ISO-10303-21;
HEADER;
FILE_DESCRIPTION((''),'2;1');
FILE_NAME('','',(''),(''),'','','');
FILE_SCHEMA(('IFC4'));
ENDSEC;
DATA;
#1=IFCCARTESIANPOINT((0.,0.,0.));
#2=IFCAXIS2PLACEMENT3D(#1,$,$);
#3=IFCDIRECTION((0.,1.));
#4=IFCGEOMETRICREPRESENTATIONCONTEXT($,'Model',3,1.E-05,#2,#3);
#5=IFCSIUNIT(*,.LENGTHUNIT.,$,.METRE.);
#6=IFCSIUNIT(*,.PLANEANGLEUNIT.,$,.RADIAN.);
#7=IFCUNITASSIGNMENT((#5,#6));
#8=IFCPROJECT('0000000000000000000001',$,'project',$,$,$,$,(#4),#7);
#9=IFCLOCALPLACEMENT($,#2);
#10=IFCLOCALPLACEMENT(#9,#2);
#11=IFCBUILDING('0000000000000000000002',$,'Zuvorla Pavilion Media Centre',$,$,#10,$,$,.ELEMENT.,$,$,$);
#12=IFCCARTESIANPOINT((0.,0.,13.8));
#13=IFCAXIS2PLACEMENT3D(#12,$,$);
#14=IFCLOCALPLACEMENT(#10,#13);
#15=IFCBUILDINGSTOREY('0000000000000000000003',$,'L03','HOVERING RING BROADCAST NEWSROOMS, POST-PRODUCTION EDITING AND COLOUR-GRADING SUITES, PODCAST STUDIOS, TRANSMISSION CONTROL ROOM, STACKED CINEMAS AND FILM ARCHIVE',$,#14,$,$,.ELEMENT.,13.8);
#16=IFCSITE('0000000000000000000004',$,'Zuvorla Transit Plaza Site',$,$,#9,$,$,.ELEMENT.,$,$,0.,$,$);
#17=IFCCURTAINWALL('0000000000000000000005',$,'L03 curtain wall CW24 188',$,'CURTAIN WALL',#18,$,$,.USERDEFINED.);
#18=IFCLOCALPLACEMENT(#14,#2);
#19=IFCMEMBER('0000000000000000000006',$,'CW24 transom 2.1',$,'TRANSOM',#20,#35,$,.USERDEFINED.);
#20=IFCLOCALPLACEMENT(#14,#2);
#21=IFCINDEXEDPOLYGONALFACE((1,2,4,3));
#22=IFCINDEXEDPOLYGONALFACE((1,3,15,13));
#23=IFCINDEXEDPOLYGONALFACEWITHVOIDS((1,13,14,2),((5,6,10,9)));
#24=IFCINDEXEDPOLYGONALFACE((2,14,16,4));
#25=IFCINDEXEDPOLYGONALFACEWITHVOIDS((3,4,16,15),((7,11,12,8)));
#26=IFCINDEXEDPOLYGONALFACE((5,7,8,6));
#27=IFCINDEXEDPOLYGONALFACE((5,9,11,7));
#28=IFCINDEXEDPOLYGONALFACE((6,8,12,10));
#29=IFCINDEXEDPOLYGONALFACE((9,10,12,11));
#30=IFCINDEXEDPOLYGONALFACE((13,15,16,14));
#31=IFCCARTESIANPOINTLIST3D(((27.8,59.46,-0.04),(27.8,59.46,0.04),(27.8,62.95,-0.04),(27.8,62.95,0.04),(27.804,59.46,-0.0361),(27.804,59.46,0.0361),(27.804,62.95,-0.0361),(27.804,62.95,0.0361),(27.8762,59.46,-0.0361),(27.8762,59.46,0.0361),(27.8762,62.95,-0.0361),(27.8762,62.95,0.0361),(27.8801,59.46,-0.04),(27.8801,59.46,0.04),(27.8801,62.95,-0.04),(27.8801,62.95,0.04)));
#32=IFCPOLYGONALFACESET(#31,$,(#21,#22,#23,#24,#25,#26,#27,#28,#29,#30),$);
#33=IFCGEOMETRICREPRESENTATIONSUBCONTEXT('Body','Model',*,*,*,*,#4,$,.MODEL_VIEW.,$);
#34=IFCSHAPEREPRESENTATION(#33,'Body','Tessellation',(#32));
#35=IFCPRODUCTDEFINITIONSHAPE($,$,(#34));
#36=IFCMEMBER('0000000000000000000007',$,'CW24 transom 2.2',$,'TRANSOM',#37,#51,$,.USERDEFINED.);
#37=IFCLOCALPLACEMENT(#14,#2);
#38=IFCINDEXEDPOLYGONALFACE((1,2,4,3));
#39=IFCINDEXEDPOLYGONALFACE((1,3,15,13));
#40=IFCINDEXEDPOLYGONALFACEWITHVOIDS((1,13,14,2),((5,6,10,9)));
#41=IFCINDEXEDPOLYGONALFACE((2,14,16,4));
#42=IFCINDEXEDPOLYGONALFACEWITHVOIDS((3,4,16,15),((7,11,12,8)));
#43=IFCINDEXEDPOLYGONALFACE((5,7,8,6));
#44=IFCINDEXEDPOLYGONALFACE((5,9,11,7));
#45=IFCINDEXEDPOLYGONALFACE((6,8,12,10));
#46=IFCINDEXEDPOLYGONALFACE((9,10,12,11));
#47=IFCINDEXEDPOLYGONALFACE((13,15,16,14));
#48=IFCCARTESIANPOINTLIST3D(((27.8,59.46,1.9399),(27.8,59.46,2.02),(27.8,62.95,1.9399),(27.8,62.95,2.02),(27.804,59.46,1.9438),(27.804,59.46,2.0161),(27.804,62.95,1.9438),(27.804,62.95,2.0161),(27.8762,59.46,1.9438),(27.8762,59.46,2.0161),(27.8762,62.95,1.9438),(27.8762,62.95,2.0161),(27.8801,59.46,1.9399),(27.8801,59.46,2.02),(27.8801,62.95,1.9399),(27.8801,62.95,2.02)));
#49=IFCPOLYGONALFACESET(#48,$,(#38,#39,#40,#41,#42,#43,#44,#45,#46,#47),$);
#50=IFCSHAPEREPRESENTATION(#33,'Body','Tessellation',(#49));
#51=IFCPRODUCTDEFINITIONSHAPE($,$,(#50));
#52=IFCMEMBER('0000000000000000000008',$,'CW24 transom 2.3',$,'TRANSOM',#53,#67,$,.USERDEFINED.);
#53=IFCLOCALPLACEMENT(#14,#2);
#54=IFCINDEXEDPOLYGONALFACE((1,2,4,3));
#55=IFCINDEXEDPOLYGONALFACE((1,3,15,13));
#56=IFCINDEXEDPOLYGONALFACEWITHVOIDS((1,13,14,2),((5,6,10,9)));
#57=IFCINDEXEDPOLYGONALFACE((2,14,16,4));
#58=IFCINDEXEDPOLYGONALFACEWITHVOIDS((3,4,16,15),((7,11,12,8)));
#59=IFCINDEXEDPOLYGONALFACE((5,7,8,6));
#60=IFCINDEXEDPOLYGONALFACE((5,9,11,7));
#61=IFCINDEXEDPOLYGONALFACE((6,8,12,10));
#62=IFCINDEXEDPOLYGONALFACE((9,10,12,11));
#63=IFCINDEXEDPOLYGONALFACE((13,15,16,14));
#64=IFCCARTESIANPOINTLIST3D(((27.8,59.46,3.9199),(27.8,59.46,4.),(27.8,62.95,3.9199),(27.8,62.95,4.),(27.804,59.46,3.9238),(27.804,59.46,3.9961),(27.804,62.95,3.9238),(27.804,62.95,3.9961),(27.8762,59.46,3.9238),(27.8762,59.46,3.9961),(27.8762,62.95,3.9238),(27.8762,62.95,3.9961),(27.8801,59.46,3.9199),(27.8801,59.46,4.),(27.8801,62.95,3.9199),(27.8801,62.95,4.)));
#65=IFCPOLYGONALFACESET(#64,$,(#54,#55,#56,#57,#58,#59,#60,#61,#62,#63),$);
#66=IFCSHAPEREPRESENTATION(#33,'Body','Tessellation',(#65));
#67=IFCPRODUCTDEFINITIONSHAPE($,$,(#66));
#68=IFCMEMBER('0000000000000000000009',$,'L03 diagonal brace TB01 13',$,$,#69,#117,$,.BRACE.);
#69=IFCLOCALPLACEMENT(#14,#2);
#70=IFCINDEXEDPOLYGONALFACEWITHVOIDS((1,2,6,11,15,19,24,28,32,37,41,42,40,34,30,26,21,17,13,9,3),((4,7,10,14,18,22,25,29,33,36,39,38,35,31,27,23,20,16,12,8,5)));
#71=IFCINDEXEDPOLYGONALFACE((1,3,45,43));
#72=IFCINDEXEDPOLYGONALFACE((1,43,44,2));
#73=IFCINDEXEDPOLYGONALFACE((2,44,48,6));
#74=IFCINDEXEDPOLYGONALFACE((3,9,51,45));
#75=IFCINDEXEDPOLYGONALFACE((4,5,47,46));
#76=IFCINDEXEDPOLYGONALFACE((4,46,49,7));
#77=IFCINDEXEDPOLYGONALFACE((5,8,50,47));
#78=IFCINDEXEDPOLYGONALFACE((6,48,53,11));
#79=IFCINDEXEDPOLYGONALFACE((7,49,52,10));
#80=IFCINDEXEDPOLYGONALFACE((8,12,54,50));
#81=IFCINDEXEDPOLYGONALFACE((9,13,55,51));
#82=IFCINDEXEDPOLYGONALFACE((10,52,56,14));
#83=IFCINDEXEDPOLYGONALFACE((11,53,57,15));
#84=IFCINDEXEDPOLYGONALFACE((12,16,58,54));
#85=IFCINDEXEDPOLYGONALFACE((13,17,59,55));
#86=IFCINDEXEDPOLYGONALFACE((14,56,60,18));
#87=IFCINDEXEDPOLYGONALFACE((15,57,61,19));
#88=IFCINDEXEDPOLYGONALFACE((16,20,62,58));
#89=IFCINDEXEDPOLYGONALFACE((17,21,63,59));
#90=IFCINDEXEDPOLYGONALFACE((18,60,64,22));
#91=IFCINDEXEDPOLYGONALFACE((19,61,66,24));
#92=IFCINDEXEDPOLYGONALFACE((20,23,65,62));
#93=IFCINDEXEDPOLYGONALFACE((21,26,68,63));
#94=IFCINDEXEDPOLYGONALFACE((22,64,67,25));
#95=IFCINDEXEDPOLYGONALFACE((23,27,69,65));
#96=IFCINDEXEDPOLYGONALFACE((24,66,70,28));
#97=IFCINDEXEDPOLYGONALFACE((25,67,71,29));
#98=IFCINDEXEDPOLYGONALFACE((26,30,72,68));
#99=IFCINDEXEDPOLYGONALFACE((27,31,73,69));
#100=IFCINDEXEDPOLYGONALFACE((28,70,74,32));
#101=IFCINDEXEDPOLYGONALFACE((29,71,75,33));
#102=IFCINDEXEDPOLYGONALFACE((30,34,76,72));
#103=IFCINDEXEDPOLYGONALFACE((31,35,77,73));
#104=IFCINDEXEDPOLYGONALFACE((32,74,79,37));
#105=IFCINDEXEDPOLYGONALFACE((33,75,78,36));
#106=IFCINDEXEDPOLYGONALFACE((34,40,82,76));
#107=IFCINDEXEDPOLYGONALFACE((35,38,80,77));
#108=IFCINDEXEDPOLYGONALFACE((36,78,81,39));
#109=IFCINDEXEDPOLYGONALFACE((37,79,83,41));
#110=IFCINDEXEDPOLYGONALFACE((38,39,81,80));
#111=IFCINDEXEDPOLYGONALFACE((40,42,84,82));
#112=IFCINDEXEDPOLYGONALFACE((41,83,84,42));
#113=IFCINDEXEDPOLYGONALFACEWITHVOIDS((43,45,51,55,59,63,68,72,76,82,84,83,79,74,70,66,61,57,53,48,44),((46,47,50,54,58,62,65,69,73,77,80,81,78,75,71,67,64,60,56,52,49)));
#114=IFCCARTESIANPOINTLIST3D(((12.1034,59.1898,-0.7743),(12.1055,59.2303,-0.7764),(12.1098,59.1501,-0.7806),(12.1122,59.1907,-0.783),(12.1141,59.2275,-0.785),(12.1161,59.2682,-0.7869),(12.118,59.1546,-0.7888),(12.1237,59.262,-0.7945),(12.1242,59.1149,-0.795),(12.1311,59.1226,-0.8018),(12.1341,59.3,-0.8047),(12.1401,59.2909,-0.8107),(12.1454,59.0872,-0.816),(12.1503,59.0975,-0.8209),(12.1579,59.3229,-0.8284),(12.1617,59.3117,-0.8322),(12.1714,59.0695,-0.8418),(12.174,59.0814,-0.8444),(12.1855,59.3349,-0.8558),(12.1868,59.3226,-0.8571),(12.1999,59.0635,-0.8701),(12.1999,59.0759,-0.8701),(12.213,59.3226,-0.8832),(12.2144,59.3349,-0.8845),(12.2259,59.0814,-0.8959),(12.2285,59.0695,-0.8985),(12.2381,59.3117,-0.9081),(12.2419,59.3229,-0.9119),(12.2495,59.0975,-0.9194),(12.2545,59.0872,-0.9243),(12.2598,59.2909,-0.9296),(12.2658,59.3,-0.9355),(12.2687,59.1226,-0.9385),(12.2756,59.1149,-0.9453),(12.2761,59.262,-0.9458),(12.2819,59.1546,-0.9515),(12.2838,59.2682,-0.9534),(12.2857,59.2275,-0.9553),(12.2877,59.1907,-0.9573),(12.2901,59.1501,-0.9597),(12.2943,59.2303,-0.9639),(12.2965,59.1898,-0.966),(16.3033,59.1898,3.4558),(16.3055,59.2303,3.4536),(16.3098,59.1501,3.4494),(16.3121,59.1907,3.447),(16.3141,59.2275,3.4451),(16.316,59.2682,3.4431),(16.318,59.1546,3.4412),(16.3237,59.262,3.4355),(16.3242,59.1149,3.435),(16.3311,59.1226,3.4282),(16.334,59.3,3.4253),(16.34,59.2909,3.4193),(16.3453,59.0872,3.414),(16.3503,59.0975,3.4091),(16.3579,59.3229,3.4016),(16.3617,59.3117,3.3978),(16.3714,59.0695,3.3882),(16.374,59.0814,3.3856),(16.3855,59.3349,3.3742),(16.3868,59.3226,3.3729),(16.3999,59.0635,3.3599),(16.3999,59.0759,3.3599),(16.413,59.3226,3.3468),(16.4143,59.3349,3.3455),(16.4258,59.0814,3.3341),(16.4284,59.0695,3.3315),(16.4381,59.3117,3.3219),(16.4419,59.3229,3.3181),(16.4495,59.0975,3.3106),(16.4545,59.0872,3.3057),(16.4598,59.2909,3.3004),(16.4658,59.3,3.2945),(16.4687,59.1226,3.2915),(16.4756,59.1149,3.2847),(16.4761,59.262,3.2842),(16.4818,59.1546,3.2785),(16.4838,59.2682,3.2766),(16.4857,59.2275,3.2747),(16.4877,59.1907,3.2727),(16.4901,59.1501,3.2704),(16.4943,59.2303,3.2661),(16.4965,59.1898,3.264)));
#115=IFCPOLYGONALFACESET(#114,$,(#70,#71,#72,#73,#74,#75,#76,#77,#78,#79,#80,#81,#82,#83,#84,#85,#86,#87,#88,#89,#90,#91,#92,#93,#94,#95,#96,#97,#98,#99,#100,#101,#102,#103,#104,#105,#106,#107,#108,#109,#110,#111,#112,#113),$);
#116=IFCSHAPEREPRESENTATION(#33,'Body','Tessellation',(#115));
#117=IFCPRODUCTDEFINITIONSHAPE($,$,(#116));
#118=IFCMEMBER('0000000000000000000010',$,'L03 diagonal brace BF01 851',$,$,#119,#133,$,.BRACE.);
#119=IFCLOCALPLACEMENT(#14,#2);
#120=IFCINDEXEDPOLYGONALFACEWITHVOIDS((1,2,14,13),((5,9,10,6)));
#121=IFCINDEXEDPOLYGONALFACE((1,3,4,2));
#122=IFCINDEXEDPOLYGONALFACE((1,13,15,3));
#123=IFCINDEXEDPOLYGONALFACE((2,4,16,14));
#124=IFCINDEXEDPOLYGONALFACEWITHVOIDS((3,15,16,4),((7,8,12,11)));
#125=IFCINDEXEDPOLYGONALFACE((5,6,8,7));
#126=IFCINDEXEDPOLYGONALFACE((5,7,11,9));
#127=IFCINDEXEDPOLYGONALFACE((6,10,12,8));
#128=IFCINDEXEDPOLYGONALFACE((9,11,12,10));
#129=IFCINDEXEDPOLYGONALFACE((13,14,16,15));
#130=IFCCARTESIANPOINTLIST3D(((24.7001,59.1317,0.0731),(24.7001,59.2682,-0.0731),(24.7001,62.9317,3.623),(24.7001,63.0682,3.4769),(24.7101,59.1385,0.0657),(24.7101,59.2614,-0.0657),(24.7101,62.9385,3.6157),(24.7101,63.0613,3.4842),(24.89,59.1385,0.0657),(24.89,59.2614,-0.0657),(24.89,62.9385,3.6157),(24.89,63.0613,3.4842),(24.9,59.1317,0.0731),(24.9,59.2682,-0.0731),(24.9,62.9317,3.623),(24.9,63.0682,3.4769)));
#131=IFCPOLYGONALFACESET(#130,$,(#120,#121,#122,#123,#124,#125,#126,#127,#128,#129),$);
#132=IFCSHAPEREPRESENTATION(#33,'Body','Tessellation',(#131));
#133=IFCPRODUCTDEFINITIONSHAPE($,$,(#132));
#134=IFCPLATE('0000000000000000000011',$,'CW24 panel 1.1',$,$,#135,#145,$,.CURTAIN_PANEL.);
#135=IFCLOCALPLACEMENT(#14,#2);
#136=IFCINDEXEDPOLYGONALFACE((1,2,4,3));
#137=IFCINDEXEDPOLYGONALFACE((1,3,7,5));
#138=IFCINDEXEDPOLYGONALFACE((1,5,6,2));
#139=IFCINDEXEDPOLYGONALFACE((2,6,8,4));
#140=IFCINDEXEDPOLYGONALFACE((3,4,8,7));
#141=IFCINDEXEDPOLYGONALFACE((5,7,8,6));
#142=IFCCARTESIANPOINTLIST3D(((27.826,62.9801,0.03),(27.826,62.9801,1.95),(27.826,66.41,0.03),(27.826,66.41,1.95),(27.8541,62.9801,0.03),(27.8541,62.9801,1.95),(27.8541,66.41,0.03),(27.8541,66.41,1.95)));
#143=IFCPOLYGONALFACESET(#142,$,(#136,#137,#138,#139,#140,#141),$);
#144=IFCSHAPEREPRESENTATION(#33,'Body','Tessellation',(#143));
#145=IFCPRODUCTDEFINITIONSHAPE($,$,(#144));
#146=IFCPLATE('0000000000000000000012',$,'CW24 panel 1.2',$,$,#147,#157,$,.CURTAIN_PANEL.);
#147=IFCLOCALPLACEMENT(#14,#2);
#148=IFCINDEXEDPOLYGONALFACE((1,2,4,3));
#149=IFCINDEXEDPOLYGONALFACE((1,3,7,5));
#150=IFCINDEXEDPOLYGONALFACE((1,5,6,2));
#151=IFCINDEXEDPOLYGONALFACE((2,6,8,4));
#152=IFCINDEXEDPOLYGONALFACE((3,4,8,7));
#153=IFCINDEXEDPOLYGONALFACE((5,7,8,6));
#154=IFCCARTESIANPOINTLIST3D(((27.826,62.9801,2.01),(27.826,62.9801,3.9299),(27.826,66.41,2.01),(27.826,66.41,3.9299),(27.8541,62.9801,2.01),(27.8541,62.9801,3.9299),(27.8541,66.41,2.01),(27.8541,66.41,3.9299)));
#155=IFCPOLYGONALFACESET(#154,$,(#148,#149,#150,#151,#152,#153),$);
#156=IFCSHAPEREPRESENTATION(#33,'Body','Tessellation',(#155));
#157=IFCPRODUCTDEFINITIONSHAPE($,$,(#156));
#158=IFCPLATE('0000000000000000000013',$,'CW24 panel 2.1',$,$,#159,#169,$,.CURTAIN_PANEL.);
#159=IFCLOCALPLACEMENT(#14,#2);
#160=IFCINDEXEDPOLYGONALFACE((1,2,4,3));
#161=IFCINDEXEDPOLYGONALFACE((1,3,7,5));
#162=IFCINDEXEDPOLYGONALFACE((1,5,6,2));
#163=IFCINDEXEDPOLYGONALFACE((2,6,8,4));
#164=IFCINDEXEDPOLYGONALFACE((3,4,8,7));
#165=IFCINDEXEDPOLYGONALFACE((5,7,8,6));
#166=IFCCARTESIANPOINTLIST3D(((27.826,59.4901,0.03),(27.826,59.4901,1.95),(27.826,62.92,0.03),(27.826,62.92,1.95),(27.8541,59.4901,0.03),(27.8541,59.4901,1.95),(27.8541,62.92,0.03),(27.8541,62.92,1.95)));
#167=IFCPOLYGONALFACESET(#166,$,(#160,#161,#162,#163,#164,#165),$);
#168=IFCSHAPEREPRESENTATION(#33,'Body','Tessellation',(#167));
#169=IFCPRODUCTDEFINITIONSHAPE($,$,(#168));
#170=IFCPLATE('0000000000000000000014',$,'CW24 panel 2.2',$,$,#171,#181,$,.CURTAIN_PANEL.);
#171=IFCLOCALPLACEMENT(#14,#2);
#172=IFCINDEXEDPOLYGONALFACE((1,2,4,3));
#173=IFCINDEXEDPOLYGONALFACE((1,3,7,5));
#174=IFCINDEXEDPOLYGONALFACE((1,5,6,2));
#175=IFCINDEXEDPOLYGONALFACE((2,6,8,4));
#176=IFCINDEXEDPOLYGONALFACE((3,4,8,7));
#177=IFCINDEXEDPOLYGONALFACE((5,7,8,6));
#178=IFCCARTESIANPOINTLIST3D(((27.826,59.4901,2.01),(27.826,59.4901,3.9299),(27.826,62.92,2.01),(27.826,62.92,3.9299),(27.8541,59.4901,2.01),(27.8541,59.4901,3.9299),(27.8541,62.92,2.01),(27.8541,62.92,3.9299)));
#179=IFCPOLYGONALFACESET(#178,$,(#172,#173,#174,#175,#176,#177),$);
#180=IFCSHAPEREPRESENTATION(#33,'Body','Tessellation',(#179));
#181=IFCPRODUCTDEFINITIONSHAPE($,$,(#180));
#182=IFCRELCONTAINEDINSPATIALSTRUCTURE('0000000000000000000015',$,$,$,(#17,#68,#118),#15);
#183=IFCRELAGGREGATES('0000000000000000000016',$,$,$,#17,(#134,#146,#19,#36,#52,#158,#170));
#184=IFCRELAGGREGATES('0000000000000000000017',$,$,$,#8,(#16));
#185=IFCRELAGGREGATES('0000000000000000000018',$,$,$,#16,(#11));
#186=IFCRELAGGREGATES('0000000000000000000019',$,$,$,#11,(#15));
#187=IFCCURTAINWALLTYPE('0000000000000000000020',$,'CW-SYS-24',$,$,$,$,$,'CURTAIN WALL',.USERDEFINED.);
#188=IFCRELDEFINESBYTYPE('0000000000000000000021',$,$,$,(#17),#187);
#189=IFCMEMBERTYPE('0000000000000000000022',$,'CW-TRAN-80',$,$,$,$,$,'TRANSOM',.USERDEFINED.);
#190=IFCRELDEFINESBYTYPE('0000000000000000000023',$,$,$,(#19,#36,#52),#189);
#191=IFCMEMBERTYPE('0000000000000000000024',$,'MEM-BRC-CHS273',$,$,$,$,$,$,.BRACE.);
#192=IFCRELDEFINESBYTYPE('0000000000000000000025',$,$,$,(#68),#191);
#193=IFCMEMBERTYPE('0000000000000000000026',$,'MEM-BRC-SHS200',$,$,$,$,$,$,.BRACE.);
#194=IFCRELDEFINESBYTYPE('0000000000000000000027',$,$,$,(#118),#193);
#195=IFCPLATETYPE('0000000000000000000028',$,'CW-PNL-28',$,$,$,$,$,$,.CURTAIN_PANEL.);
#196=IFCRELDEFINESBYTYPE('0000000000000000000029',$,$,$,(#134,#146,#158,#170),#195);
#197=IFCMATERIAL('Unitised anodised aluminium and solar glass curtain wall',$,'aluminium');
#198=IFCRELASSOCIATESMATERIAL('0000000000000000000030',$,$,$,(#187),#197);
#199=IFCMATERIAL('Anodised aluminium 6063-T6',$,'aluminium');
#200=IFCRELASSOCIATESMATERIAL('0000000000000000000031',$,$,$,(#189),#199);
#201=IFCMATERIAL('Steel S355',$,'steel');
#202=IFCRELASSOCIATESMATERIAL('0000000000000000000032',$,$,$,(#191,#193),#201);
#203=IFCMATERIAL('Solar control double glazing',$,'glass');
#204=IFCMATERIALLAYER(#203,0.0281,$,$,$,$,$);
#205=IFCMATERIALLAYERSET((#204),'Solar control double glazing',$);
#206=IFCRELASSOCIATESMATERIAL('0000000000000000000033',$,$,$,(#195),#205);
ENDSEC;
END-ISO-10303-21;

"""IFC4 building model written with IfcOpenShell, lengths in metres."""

from ifc_helpers import new_model, si_unit, direction, frame, origin, origin_2d, place, context, subcontext, project, spatial, rectangle, hollow_rectangle, hollow_circle, extrude, material, layer, layer_set, material_profile, profile_set, type_object, element, aggregate, save


model = new_model("IFC4")

# Units and contexts
model_context = context("Model", 3, precision=1e-05, world=origin(), true_north=direction((0.0, 1.0)))
body_context = subcontext(model_context, "Body", "Model", "MODEL_VIEW")
ifc_project = project(units=[si_unit("LENGTHUNIT", "METRE"), si_unit("PLANEANGLEUNIT", "RADIAN")], contexts=[model_context])

# Site, building, storey
site_placement = place(None, origin())
site = spatial("IfcSite", under=ifc_project, at=site_placement, Name="Zuvorla Transit Plaza Site", CompositionType="ELEMENT", RefElevation=0.0)
building_placement = place(site_placement, origin())
building = spatial("IfcBuilding", under=site, at=building_placement, Name="Zuvorla Pavilion Media Centre", CompositionType="ELEMENT")
storey_placement = place(building_placement, frame((0.0, 0.0, 13.8)))
storey = spatial("IfcBuildingStorey", under=building, at=storey_placement, Name="L03", Description="HOVERING RING BROADCAST NEWSROOMS, POST-PRODUCTION EDITING AND COLOUR-GRADING SUITES, PODCAST STUDIOS, TRANSMISSION CONTROL ROOM, STACKED CINEMAS AND FILM ARCHIVE", CompositionType="ELEMENT", Elevation=13.8)

# Shared definitions
ifc_material_1 = material(Name="Steel S355", Category="steel")

# Curtain wall
ifc_material_2 = material(Name="Unitised anodised aluminium and solar glass curtain wall", Category="aluminium")
curtain_wall_type_1 = type_object("IfcCurtainWallType", Name="CW-SYS-24", ElementType="CURTAIN WALL", PredefinedType="USERDEFINED", material=ifc_material_2)
curtain_wall_1_placement = place(storey_placement, origin())
curtain_wall_1 = element("IfcCurtainWall", 1, at=curtain_wall_1_placement, inside=storey, type_object=curtain_wall_type_1, Name="L03 curtain wall CW24 188", ObjectType="CURTAIN WALL", PredefinedType="USERDEFINED")
ifc_material_3 = material(Name="Anodised aluminium 6063-T6", Category="aluminium")

# Members
ifc_material_profile_1 = material_profile(ifc_material_3, hollow_rectangle(XDim=0.0801, YDim=0.0801, WallThickness=0.0039, at=origin_2d()), Name="ALU TRAN 80x80")
ifc_profile_set_1 = profile_set([ifc_material_profile_1], Name="Anodised aluminium 6063-T6")
member_type_1 = type_object("IfcMemberType", Name="CW-TRAN-80", ElementType="TRANSOM", PredefinedType="USERDEFINED", material=ifc_profile_set_1)
member_1_placement = place(storey_placement, frame((27.8401, 62.95, 0.0), z_axis=(0.0, -1.0, 0.0), x_axis=(1.0, 0.0, 0.0)))
member_1 = element("IfcMember", 2, at=member_1_placement, type_object=member_type_1, Name="CW24 transom 2.1", ObjectType="TRANSOM", PredefinedType="USERDEFINED", context=body_context, shape_type="SweptSolid", body=[
    extrude(hollow_rectangle(XDim=0.0801, YDim=0.0801, WallThickness=0.0039, at=origin_2d()), origin(), (0.0, 0.0, 1.0), 3.49),
])
member_2_placement = place(storey_placement, frame((27.8401, 62.95, 1.98), z_axis=(0.0, -1.0, 0.0), x_axis=(1.0, 0.0, 0.0)))
member_2 = element("IfcMember", 3, at=member_2_placement, type_object=member_type_1, Name="CW24 transom 2.2", ObjectType="TRANSOM", PredefinedType="USERDEFINED", context=body_context, shape_type="SweptSolid", body=[
    extrude(hollow_rectangle(XDim=0.0801, YDim=0.0801, WallThickness=0.0039, at=origin_2d()), origin(), (0.0, 0.0, 1.0), 3.49),
])
member_3_placement = place(storey_placement, frame((27.8401, 62.95, 3.96), z_axis=(0.0, -1.0, 0.0), x_axis=(1.0, 0.0, 0.0)))
member_3 = element("IfcMember", 4, at=member_3_placement, type_object=member_type_1, Name="CW24 transom 2.3", ObjectType="TRANSOM", PredefinedType="USERDEFINED", context=body_context, shape_type="SweptSolid", body=[
    extrude(hollow_rectangle(XDim=0.0801, YDim=0.0801, WallThickness=0.0039, at=origin_2d()), origin(), (0.0, 0.0, 1.0), 3.49),
])

# Members
ifc_material_profile_2 = material_profile(ifc_material_1, hollow_circle(Radius=0.1365, WallThickness=0.0125, at=origin_2d()), Name="CHS 273x12.5")
ifc_profile_set_2 = profile_set([ifc_material_profile_2], Name="Steel S355")
member_type_2 = type_object("IfcMemberType", Name="MEM-BRC-CHS273", PredefinedType="BRACE", material=ifc_profile_set_2)
member_4_placement = place(storey_placement, frame((16.3999, 59.2, 3.3599), z_axis=(-0.704583, 0.0, -0.709621), x_axis=(0.0, -1.0, 0.0)))
element("IfcMember", 5, at=member_4_placement, inside=storey, type_object=member_type_2, Name="L03 diagonal brace TB01 13", PredefinedType="BRACE", context=body_context, shape_type="SweptSolid", body=[
    extrude(hollow_circle(Radius=0.1365, WallThickness=0.0125, at=origin_2d()), origin(), (0.0, 0.0, 1.0), 5.9609),
])
ifc_material_profile_3 = material_profile(ifc_material_1, hollow_rectangle(XDim=0.2, YDim=0.2, WallThickness=0.01, at=origin_2d()), Name="SHS 200x200x10")
ifc_profile_set_3 = profile_set([ifc_material_profile_3], Name="Steel S355")
member_type_3 = type_object("IfcMemberType", Name="MEM-BRC-SHS200", PredefinedType="BRACE", material=ifc_profile_set_3)
member_5_placement = place(storey_placement, frame((24.8, 59.2, 0.0), z_axis=(0.0, 0.730735, 0.682661), x_axis=(-1.0, 0.0, 0.0)))
element("IfcMember", 6, at=member_5_placement, inside=storey, type_object=member_type_3, Name="L03 diagonal brace BF01 851", PredefinedType="BRACE", context=body_context, shape_type="SweptSolid", body=[
    extrude(hollow_rectangle(XDim=0.2, YDim=0.2, WallThickness=0.01, at=origin_2d()), origin(), (0.0, 0.0, 1.0), 5.2002),
])

# Plates
ifc_material_4 = material(Name="Solar control double glazing", Category="glass")
ifc_layer_1 = layer(ifc_material_4, 0.0281)
ifc_layer_set_1 = layer_set([ifc_layer_1], Name="Solar control double glazing")
plate_type_1 = type_object("IfcPlateType", Name="CW-PNL-28", PredefinedType="CURTAIN_PANEL", material=ifc_layer_set_1)
plate_1_placement = place(storey_placement, frame((27.8401, 64.6951, 0.03), z_axis=(0.0, 0.0, 1.0), x_axis=(0.0, -1.0, 0.0)))
plate_1 = element("IfcPlate", 7, at=plate_1_placement, type_object=plate_type_1, Name="CW24 panel 1.1", PredefinedType="CURTAIN_PANEL", context=body_context, shape_type="SweptSolid", body=[
    extrude(rectangle(XDim=3.4299, YDim=0.0281, at=origin_2d()), origin(), (0.0, 0.0, 1.0), 1.9199),
])
plate_2_placement = place(storey_placement, frame((27.8401, 64.6951, 2.01), z_axis=(0.0, 0.0, 1.0), x_axis=(0.0, -1.0, 0.0)))
plate_2 = element("IfcPlate", 8, at=plate_2_placement, type_object=plate_type_1, Name="CW24 panel 1.2", PredefinedType="CURTAIN_PANEL", context=body_context, shape_type="SweptSolid", body=[
    extrude(rectangle(XDim=3.4299, YDim=0.0281, at=origin_2d()), origin(), (0.0, 0.0, 1.0), 1.9199),
])
plate_3_placement = place(storey_placement, frame((27.8401, 61.2051, 0.03), z_axis=(0.0, 0.0, 1.0), x_axis=(0.0, -1.0, 0.0)))
plate_3 = element("IfcPlate", 9, at=plate_3_placement, type_object=plate_type_1, Name="CW24 panel 2.1", PredefinedType="CURTAIN_PANEL", context=body_context, shape_type="SweptSolid", body=[
    extrude(rectangle(XDim=3.4299, YDim=0.0281, at=origin_2d()), origin(), (0.0, 0.0, 1.0), 1.9199),
])
plate_4_placement = place(storey_placement, frame((27.8401, 61.2051, 2.01), z_axis=(0.0, 0.0, 1.0), x_axis=(0.0, -1.0, 0.0)))
plate_4 = element("IfcPlate", 10, at=plate_4_placement, type_object=plate_type_1, Name="CW24 panel 2.2", PredefinedType="CURTAIN_PANEL", context=body_context, shape_type="SweptSolid", body=[
    extrude(rectangle(XDim=3.4299, YDim=0.0281, at=origin_2d()), origin(), (0.0, 0.0, 1.0), 1.9199),
])
aggregate(curtain_wall_1, [plate_1, plate_2, member_1, member_2, member_3, plate_3, plate_4])

save(model, "model.ifc")
